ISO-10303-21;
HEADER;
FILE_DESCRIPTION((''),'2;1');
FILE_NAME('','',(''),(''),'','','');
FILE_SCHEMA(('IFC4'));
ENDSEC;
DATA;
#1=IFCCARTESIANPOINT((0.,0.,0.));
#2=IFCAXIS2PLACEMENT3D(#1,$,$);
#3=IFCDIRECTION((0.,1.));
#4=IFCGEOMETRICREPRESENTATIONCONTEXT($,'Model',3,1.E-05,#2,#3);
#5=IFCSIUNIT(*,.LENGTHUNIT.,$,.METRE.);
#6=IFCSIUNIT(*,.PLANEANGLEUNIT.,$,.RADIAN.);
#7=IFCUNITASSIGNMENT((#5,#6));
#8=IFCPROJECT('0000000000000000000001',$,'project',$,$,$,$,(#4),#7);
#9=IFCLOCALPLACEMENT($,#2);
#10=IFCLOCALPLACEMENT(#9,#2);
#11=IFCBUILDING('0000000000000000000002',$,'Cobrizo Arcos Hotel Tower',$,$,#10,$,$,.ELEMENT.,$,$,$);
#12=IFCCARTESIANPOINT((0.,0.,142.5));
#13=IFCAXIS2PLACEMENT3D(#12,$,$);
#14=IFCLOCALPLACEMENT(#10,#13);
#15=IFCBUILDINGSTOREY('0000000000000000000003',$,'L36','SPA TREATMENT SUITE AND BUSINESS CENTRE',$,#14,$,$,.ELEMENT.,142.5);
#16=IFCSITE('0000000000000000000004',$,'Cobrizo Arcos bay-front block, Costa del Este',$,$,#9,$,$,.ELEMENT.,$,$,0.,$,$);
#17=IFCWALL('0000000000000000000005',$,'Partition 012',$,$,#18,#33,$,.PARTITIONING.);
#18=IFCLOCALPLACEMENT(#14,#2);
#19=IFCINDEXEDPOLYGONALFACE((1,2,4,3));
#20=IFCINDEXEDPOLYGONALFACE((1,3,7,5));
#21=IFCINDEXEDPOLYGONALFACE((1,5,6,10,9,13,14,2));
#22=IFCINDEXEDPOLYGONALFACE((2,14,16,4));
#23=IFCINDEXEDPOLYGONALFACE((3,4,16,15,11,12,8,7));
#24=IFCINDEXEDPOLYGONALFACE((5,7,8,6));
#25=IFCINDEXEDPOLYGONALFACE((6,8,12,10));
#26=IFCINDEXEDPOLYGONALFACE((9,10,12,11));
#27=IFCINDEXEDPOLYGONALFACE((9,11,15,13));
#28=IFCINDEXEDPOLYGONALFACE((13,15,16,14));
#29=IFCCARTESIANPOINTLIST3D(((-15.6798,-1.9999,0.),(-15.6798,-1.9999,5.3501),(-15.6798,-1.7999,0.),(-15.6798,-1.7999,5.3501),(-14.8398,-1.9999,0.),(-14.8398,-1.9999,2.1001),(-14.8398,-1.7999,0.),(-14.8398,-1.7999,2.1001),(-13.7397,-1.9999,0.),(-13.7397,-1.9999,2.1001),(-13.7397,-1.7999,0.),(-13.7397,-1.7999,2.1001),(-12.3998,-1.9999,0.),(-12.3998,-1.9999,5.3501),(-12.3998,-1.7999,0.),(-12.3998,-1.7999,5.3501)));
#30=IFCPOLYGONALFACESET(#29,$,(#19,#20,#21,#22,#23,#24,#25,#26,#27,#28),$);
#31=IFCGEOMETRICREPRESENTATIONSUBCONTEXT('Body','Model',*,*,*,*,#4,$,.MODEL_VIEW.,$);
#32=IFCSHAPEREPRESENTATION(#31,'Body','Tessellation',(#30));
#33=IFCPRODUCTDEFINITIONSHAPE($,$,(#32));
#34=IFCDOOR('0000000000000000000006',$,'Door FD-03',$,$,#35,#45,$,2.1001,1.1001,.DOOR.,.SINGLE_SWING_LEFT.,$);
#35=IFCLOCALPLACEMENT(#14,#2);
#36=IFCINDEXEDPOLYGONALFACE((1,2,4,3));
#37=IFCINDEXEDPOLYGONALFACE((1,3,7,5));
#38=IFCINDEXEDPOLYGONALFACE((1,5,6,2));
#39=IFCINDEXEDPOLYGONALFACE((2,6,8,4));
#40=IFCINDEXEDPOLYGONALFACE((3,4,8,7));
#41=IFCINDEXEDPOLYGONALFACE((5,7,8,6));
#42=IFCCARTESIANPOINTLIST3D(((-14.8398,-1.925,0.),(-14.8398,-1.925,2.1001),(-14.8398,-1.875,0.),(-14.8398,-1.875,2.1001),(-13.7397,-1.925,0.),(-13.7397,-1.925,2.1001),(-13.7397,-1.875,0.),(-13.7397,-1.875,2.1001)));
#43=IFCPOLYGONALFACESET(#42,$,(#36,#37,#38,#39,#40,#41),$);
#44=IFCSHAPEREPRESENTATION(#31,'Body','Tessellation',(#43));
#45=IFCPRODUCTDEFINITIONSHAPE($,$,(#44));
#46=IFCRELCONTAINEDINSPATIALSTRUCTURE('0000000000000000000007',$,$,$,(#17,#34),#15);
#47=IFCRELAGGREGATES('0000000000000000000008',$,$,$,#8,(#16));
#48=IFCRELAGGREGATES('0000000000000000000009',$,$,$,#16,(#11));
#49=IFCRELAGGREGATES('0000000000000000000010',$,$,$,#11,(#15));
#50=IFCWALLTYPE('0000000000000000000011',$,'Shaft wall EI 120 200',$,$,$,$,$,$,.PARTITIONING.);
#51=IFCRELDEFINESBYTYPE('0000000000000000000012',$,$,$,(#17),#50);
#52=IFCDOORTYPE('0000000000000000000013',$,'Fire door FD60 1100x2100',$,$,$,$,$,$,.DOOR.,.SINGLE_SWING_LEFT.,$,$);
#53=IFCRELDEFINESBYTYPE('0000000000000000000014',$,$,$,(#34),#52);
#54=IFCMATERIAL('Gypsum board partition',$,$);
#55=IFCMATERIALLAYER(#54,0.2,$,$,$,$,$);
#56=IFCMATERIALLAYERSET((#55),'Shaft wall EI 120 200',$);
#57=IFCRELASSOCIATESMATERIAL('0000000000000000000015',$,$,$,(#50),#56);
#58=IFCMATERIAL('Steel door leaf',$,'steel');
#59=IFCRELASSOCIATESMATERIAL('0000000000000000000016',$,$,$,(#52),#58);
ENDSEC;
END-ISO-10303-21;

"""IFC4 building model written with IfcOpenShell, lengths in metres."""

from ifc_helpers import new_model, si_unit, direction, frame, frame_2d, origin, place, context, subcontext, project, spatial, rectangle, extrude, material, layer, layer_set, type_object, element, fill, save


model = new_model("IFC4")

# Units and contexts
model_context = context("Model", 3, precision=1e-05, world=origin(), true_north=direction((0.0, 1.0)))
body_context = subcontext(model_context, "Body", "Model", "MODEL_VIEW")
ifc_project = project(units=[si_unit("LENGTHUNIT", "METRE"), si_unit("PLANEANGLEUNIT", "RADIAN")], contexts=[model_context])

# Site, building, storey
site_placement = place(None, origin())
site = spatial("IfcSite", under=ifc_project, at=site_placement, Name="Cobrizo Arcos bay-front block, Costa del Este", CompositionType="ELEMENT", RefElevation=0.0)
building_placement = place(site_placement, origin())
building = spatial("IfcBuilding", under=site, at=building_placement, Name="Cobrizo Arcos Hotel Tower", CompositionType="ELEMENT")
storey_placement = place(building_placement, frame((0.0, 0.0, 142.5)))
storey = spatial("IfcBuildingStorey", under=building, at=storey_placement, Name="L36", Description="SPA TREATMENT SUITE AND BUSINESS CENTRE", CompositionType="ELEMENT", Elevation=142.5)

# Wall, opening, door
ifc_material_1 = material(Name="Gypsum board partition")
ifc_layer_1 = layer(ifc_material_1, 0.2)
ifc_layer_set_1 = layer_set([ifc_layer_1], Name="Shaft wall EI 120 200")
wall_type = type_object("IfcWallType", Name="Shaft wall EI 120 200", PredefinedType="PARTITIONING", material=ifc_layer_set_1)
wall_placement = place(storey_placement, frame((-15.6799, -1.8999, 0.0), z_axis=(0.0, 0.0, 1.0), x_axis=(1.0, 0.0, 0.0)))
wall = element("IfcWall", 1, at=wall_placement, inside=storey, type_object=wall_type, Name="Partition 012", PredefinedType="PARTITIONING", context=body_context, shape_type="SweptSolid", body=[
    extrude(rectangle(XDim=3.28, YDim=0.2, at=frame_2d((1.6401, 0.0))), origin(), (0.0, 0.0, 1.0), 5.3501),
])
opening_placement = place(wall_placement, frame((0.8401, 0.0, 0.0)))
opening = element("IfcOpeningElement", 2, at=opening_placement, cuts=wall, PredefinedType="OPENING", context=body_context, shape_type="SweptSolid", body=[
    extrude(rectangle(XDim=1.1001, YDim=2.1001, at=frame_2d((0.55, 1.05))), frame((0.0, 0.1121, 0.0), z_axis=(0.0, -1.0, 0.0), x_axis=(1.0, 0.0, 0.0)), (0.0, 0.0, 1.0), 0.2239),
])
ifc_material_2 = material(Name="Steel door leaf", Category="steel")
door_type = type_object("IfcDoorType", Name="Fire door FD60 1100x2100", OperationType="SINGLE_SWING_LEFT", PredefinedType="DOOR", material=ifc_material_2)
door_placement = place(opening_placement, origin())
door = element("IfcDoor", 3, at=door_placement, inside=storey, type_object=door_type, Name="Door FD-03", OperationType="SINGLE_SWING_LEFT", OverallHeight=2.1001, OverallWidth=1.1001, PredefinedType="DOOR", context=body_context, shape_type="SweptSolid", body=[
    extrude(rectangle(XDim=1.1001, YDim=2.1001, at=frame_2d((0.55, 1.05))), frame((0.0, 0.0249, 0.0), z_axis=(0.0, -1.0, 0.0), x_axis=(1.0, 0.0, 0.0)), (0.0, 0.0, 1.0), 0.05),
])
fill(opening, door)

save(model, "model.ifc")
